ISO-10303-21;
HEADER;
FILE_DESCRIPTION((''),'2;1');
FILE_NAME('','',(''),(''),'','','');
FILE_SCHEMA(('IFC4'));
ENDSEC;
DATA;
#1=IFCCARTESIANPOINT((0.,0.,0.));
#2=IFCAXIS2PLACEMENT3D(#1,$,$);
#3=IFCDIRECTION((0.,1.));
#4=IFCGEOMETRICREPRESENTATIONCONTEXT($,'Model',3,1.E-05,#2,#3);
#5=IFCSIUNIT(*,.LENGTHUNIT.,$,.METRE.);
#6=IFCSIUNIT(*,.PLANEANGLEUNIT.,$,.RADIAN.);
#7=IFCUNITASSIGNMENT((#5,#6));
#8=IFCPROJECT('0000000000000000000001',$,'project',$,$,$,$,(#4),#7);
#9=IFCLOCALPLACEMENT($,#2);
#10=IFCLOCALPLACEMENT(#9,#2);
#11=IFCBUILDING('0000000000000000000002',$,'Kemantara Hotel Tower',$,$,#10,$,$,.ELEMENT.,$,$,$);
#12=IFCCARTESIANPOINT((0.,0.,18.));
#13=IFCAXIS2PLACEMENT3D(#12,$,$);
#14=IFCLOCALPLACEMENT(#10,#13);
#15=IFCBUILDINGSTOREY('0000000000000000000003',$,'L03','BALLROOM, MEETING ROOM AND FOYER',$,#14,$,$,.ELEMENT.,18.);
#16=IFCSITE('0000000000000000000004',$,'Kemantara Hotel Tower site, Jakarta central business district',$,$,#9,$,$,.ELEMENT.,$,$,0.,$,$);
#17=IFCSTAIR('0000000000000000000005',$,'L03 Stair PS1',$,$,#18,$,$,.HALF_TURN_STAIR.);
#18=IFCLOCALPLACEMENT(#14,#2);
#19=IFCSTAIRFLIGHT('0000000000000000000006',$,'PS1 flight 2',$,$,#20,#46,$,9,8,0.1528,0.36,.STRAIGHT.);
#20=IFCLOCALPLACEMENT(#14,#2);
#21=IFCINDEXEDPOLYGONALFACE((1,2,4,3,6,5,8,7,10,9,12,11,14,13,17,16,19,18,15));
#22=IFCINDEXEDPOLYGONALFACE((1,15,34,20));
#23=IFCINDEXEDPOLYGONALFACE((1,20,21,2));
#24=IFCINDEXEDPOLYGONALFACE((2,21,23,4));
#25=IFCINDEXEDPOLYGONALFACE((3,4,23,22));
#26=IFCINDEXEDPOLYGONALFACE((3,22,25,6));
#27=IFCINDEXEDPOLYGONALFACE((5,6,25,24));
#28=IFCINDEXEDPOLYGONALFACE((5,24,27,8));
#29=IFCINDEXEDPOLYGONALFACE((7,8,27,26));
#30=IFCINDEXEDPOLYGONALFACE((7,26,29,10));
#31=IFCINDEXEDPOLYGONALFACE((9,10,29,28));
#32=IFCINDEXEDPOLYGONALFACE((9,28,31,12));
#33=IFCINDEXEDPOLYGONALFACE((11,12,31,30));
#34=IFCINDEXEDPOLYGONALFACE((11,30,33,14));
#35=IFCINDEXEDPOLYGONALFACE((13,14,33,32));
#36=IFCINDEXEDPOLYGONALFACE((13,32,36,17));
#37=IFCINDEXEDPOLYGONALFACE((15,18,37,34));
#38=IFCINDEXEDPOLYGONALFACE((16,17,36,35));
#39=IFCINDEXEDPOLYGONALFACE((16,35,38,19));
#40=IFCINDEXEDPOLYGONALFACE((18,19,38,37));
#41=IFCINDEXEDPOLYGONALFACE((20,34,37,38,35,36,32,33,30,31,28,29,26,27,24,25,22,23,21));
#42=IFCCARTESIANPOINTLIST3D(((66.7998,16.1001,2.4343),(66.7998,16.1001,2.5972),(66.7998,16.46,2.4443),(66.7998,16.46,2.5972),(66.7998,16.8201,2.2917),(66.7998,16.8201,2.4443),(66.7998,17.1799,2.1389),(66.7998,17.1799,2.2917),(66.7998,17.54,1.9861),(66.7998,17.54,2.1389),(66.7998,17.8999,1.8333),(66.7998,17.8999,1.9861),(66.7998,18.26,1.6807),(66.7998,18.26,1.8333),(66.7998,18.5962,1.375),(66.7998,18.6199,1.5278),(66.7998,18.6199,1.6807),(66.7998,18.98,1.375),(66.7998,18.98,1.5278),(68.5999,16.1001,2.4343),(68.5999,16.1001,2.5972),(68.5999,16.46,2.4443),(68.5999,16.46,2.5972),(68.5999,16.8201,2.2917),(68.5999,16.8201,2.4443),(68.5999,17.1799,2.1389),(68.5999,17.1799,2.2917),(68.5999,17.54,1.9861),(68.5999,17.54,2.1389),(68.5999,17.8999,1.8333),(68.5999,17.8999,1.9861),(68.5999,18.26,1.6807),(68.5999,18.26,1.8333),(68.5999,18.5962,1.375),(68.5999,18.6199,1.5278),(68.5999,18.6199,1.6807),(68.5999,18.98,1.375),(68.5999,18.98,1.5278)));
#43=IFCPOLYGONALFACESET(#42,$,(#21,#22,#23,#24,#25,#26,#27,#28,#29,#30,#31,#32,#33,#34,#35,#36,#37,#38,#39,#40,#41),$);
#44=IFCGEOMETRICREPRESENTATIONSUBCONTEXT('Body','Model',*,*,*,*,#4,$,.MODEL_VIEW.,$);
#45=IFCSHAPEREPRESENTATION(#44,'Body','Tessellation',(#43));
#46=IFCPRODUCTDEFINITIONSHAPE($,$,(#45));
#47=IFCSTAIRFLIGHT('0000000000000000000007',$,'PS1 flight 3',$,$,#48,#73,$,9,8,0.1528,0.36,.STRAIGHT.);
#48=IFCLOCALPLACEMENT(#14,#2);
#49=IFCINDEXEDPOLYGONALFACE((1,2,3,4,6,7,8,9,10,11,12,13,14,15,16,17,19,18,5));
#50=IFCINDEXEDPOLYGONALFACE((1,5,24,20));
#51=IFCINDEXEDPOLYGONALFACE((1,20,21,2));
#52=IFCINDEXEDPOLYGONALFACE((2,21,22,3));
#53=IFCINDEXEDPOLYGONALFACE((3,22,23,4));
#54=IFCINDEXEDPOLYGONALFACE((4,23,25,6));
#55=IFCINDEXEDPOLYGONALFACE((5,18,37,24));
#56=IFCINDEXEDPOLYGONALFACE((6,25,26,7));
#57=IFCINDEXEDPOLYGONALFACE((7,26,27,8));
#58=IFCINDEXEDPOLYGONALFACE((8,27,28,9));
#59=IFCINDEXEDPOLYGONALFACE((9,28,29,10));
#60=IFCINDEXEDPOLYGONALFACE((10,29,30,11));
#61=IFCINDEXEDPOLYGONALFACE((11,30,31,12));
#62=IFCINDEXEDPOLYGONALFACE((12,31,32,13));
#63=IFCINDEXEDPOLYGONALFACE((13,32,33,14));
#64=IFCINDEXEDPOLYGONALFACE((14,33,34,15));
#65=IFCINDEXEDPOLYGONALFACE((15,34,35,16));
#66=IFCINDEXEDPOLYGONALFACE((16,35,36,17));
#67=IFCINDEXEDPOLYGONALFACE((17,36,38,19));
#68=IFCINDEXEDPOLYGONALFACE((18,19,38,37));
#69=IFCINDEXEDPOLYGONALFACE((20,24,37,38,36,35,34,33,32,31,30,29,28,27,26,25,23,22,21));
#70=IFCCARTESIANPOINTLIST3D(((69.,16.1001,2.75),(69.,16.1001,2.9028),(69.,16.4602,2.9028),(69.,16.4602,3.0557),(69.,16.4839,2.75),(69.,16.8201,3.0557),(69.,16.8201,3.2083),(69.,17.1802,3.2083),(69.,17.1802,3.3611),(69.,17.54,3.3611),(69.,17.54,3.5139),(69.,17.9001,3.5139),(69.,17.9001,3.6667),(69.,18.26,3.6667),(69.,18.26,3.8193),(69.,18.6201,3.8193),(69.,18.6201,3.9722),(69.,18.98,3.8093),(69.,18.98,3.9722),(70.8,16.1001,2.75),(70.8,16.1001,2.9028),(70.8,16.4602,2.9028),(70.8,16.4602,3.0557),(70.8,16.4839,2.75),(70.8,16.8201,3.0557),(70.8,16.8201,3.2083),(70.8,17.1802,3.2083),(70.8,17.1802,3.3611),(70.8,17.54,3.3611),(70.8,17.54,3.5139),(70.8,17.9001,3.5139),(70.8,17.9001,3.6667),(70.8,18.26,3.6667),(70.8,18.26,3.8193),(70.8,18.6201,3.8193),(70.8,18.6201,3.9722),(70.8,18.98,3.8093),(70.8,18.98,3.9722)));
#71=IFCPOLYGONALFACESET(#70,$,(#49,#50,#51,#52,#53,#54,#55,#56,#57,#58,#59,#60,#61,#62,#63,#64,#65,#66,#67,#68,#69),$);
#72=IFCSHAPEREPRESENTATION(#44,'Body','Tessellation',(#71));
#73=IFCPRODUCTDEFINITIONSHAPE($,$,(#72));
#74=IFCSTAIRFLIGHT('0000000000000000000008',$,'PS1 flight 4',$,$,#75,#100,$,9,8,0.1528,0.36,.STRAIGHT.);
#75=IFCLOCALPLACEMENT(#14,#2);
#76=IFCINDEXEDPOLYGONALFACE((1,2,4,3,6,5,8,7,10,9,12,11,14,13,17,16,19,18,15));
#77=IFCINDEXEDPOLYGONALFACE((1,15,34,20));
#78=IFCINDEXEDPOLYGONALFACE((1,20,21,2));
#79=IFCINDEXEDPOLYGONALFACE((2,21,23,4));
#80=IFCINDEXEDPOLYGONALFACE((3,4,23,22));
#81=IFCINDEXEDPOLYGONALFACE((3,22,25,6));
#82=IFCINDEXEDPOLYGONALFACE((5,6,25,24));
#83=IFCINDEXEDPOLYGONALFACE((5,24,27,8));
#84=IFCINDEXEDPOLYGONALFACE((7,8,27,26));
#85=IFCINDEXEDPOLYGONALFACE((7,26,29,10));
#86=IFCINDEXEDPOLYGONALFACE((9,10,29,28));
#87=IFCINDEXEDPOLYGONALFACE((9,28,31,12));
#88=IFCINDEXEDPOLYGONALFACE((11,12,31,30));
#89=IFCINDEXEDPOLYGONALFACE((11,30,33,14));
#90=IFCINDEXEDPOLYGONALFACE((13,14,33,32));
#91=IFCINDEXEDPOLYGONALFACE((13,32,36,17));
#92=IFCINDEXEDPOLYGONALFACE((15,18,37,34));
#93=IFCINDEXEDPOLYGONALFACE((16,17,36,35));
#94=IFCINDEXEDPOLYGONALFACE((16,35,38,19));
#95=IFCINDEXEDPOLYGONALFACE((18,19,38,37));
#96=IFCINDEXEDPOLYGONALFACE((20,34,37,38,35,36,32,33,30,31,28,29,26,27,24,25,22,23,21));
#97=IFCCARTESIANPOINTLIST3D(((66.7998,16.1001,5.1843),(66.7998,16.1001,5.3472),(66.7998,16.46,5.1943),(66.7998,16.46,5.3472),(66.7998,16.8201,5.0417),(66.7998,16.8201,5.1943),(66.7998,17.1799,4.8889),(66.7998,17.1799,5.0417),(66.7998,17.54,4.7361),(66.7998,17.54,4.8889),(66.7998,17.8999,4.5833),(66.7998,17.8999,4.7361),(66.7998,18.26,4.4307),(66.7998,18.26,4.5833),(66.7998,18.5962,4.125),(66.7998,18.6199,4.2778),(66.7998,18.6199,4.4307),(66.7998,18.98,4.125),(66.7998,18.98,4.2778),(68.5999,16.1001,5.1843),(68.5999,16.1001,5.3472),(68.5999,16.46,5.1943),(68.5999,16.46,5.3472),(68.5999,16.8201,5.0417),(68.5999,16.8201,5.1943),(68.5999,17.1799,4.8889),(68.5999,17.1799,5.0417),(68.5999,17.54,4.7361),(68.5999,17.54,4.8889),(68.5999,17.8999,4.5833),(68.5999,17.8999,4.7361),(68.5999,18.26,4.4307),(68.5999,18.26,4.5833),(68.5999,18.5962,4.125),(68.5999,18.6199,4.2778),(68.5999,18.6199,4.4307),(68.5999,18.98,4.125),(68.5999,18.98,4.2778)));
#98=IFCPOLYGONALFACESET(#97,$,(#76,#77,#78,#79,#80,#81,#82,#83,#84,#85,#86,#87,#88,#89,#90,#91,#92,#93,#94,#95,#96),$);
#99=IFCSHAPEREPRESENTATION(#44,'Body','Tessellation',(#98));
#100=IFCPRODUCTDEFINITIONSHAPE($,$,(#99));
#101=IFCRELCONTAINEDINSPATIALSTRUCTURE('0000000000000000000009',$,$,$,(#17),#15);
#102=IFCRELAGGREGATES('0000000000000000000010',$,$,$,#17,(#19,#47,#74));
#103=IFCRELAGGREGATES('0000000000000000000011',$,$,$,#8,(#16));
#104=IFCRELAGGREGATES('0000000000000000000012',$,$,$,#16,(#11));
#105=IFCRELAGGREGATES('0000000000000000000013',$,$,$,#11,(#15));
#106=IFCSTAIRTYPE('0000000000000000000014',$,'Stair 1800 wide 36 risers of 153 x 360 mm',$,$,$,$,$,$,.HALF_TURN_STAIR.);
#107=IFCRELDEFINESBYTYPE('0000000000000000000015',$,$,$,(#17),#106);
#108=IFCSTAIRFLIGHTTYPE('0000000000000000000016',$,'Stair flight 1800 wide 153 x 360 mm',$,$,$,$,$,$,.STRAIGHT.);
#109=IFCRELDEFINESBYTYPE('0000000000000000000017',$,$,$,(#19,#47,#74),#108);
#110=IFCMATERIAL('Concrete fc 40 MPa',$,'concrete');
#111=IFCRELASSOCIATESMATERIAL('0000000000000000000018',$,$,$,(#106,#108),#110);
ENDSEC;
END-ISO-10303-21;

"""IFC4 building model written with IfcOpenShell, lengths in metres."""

from ifc_helpers import new_model, si_unit, direction, frame, origin, place, context, subcontext, project, spatial, polyline, outline, extrude, material, type_object, element, aggregate, save


model = new_model("IFC4")

# Units and contexts
model_context = context("Model", 3, precision=1e-05, world=origin(), true_north=direction((0.0, 1.0)))
body_context = subcontext(model_context, "Body", "Model", "MODEL_VIEW")
ifc_project = project(units=[si_unit("LENGTHUNIT", "METRE"), si_unit("PLANEANGLEUNIT", "RADIAN")], contexts=[model_context])

# Site, building, storey
site_placement = place(None, origin())
site = spatial("IfcSite", under=ifc_project, at=site_placement, Name="Kemantara Hotel Tower site, Jakarta central business district", CompositionType="ELEMENT", RefElevation=0.0)
building_placement = place(site_placement, origin())
building = spatial("IfcBuilding", under=site, at=building_placement, Name="Kemantara Hotel Tower", CompositionType="ELEMENT")
storey_placement = place(building_placement, frame((0.0, 0.0, 18.0)))
storey = spatial("IfcBuildingStorey", under=building, at=storey_placement, Name="L03", Description="BALLROOM, MEETING ROOM AND FOYER", CompositionType="ELEMENT", Elevation=18.0)

# Shared definitions
ifc_material_1 = material(Name="Concrete fc 40 MPa", Category="concrete")

# Stair, stair flights
stair_type = type_object("IfcStairType", Name="Stair 1800 wide 36 risers of 153 x 360 mm", PredefinedType="HALF_TURN_STAIR", material=ifc_material_1)
stair_flight_type = type_object("IfcStairFlightType", Name="Stair flight 1800 wide 153 x 360 mm", PredefinedType="STRAIGHT", material=ifc_material_1)
stair_1_placement = place(storey_placement, origin())
stair_1 = element("IfcStair", 1, at=stair_1_placement, inside=storey, type_object=stair_type, Name="L03 Stair PS1", PredefinedType="HALF_TURN_STAIR")
stair_flight_1_placement = place(storey_placement, frame((67.7, 18.98, 1.375), z_axis=(0.0, 0.0, 1.0), x_axis=(0.0, -1.0, 0.0)))
stair_flight_1 = element("IfcStairFlight", 2, at=stair_flight_1_placement, type_object=stair_flight_type, Name="PS1 flight 2", NumberOfRisers=9, NumberOfTreads=8, PredefinedType="STRAIGHT", RiserHeight=0.1528, TreadLength=0.36, context=body_context, shape_type="SweptSolid", body=[
    extrude(outline(polyline([(0.0, 0.0), (0.0, 0.1528), (0.3601, 0.1528), (0.3601, 0.3057), (0.72, 0.3057), (0.72, 0.4583), (1.0801, 0.4583), (1.0801, 0.6111), (1.4399, 0.6111), (1.4399, 0.7639), (1.8, 0.7639), (1.8, 0.9167), (2.1599, 0.9167), (2.1599, 1.0693), (2.52, 1.0693), (2.52, 1.2222), (2.8799, 1.2222), (2.8799, 1.375), (2.8799, 1.0593), (0.3838, 0.0), (0.0, 0.0)])), frame((0.0, 0.8999, 0.0), z_axis=(0.0, -1.0, 0.0), x_axis=(1.0, 0.0, 0.0)), (0.0, 0.0, 1.0), 1.8),
])
stair_flight_2_placement = place(storey_placement, frame((69.8999, 16.1001, 2.75), z_axis=(0.0, 0.0, 1.0), x_axis=(0.0, 1.0, 0.0)))
stair_flight_2 = element("IfcStairFlight", 3, at=stair_flight_2_placement, type_object=stair_flight_type, Name="PS1 flight 3", NumberOfRisers=9, NumberOfTreads=8, PredefinedType="STRAIGHT", RiserHeight=0.1528, TreadLength=0.36, context=body_context, shape_type="SweptSolid", body=[
    extrude(outline(polyline([(0.0, 0.0), (0.0, 0.1528), (0.3601, 0.1528), (0.3601, 0.3057), (0.72, 0.3057), (0.72, 0.4583), (1.0801, 0.4583), (1.0801, 0.6111), (1.4399, 0.6111), (1.4399, 0.7639), (1.8, 0.7639), (1.8, 0.9167), (2.1599, 0.9167), (2.1599, 1.0693), (2.52, 1.0693), (2.52, 1.2222), (2.8799, 1.2222), (2.8799, 1.375), (2.8799, 1.0593), (0.3838, 0.0), (0.0, 0.0)])), frame((0.0, 0.8999, 0.0), z_axis=(0.0, -1.0, 0.0), x_axis=(1.0, 0.0, 0.0)), (0.0, 0.0, 1.0), 1.8),
])
stair_flight_3_placement = place(storey_placement, frame((67.7, 18.98, 4.125), z_axis=(0.0, 0.0, 1.0), x_axis=(0.0, -1.0, 0.0)))
stair_flight_3 = element("IfcStairFlight", 4, at=stair_flight_3_placement, type_object=stair_flight_type, Name="PS1 flight 4", NumberOfRisers=9, NumberOfTreads=8, PredefinedType="STRAIGHT", RiserHeight=0.1528, TreadLength=0.36, context=body_context, shape_type="SweptSolid", body=[
    extrude(outline(polyline([(0.0, 0.0), (0.0, 0.1528), (0.3601, 0.1528), (0.3601, 0.3057), (0.72, 0.3057), (0.72, 0.4583), (1.0801, 0.4583), (1.0801, 0.6111), (1.4399, 0.6111), (1.4399, 0.7639), (1.8, 0.7639), (1.8, 0.9167), (2.1599, 0.9167), (2.1599, 1.0693), (2.52, 1.0693), (2.52, 1.2222), (2.8799, 1.2222), (2.8799, 1.375), (2.8799, 1.0593), (0.3838, 0.0), (0.0, 0.0)])), frame((0.0, 0.8999, 0.0), z_axis=(0.0, -1.0, 0.0), x_axis=(1.0, 0.0, 0.0)), (0.0, 0.0, 1.0), 1.8),
])
aggregate(stair_1, [stair_flight_1, stair_flight_2, stair_flight_3])

save(model, "model.ifc")
